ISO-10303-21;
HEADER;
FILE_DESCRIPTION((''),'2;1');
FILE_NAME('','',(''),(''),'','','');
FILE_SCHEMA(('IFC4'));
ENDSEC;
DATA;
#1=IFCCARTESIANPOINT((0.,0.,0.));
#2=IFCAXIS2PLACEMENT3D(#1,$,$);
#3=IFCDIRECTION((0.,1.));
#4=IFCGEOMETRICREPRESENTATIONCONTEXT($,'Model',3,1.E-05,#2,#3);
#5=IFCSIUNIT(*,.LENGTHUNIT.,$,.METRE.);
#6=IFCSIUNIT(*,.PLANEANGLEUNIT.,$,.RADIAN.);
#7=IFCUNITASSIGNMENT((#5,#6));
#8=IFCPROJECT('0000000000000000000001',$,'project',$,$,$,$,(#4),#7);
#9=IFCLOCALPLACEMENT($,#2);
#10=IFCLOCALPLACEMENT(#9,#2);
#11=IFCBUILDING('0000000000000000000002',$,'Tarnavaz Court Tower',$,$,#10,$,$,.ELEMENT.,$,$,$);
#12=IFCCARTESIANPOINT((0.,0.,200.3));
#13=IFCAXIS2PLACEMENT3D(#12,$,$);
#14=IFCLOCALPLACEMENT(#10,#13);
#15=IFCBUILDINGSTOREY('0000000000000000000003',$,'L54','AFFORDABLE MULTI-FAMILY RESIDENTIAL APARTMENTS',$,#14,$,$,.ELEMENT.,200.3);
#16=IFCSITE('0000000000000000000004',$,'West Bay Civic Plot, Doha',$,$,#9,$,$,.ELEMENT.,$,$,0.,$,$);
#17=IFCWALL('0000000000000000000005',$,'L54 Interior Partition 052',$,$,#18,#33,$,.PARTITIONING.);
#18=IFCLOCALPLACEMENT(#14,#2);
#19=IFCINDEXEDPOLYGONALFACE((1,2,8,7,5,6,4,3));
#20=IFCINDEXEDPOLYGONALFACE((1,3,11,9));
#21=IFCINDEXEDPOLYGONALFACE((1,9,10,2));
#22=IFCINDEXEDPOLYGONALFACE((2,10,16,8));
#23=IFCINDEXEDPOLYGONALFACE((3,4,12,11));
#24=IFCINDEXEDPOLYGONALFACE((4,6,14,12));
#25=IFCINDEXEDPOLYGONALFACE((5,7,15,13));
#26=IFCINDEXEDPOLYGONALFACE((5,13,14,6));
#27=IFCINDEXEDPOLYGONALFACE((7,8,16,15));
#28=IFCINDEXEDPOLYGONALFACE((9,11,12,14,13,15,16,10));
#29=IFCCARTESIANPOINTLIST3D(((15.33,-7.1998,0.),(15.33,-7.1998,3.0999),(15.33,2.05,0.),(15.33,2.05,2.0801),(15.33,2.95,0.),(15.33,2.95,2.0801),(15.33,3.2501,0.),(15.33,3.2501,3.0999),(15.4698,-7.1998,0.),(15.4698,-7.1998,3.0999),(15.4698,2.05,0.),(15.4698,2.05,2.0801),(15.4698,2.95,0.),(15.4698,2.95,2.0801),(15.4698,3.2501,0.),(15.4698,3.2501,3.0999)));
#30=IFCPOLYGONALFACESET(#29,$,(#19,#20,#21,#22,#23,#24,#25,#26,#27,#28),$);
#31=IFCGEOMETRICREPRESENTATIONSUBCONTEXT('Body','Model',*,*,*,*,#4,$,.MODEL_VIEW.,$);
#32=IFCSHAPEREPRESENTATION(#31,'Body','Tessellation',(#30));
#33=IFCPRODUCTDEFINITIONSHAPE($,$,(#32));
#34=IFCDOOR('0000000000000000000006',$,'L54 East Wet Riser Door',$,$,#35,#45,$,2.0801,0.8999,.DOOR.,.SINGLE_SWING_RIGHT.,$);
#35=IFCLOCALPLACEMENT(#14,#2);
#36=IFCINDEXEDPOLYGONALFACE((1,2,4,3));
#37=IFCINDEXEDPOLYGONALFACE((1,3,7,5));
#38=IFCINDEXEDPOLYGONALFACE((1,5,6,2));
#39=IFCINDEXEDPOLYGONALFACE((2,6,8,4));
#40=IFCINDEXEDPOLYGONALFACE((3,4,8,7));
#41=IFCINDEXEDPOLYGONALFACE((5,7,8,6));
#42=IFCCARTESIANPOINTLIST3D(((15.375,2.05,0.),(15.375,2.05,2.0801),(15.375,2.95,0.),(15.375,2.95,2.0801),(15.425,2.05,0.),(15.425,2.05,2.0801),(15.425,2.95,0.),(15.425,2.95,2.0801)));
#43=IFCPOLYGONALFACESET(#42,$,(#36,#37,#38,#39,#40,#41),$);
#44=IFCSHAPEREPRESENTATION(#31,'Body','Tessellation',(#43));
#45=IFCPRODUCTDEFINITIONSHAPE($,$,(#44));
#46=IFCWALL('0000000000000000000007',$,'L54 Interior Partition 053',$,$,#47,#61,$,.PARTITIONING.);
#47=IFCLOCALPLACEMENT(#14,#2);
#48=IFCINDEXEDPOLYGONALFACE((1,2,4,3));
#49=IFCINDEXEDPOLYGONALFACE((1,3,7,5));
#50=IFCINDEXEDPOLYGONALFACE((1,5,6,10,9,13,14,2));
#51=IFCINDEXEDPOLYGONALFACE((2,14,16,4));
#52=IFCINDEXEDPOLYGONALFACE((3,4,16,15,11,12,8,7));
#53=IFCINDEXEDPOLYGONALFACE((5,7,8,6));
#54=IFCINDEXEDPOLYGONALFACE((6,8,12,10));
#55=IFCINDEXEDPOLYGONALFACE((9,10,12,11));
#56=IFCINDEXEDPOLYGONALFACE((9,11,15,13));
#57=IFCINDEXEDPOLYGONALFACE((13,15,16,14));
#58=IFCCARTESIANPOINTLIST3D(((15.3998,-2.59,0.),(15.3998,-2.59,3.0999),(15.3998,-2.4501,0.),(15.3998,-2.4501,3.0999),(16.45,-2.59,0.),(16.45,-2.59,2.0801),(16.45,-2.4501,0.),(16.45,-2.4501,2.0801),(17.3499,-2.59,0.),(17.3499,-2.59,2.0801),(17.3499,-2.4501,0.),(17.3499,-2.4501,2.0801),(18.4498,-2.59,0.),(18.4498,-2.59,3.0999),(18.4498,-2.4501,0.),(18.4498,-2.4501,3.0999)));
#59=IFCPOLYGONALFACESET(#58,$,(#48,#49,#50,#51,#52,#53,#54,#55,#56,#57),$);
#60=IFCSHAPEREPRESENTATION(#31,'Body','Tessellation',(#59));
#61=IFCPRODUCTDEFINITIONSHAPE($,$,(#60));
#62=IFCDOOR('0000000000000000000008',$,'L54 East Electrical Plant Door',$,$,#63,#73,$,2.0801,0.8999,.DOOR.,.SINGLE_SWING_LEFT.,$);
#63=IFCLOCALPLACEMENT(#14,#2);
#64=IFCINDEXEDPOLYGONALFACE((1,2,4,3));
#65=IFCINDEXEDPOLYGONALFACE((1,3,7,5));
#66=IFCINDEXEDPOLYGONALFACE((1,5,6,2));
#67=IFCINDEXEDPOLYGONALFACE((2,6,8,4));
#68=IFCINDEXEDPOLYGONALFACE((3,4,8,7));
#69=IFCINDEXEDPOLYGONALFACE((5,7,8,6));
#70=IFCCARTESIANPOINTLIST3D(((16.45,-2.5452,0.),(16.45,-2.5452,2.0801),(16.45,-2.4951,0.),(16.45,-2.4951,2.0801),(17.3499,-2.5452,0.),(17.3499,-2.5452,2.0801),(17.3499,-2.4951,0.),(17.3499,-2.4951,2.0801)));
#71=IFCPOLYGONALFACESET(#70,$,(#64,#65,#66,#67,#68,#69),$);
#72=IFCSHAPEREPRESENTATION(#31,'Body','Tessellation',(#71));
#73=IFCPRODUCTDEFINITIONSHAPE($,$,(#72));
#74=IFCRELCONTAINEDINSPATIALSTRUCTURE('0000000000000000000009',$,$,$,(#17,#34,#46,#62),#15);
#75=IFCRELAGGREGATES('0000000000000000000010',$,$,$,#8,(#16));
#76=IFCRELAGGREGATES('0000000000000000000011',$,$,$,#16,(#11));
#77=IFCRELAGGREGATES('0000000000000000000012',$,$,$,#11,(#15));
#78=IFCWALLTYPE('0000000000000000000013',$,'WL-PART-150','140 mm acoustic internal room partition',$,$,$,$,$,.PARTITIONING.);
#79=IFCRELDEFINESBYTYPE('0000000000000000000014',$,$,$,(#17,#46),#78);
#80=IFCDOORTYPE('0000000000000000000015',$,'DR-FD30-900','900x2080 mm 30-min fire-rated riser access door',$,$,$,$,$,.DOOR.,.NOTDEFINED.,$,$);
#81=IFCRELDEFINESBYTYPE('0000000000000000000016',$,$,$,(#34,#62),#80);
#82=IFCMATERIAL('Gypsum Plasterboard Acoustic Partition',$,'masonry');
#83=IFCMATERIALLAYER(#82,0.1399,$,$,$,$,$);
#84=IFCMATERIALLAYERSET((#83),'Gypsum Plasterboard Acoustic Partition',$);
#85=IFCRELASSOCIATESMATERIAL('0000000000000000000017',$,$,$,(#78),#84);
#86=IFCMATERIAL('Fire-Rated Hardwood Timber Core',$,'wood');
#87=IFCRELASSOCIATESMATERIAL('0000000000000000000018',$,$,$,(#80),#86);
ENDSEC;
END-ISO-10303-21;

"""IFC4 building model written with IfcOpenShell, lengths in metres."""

from ifc_helpers import new_model, si_unit, direction, frame, frame_2d, origin, place, context, subcontext, project, spatial, rectangle, extrude, material, layer, layer_set, type_object, element, fill, save


model = new_model("IFC4")

# Units and contexts
model_context = context("Model", 3, precision=1e-05, world=origin(), true_north=direction((0.0, 1.0)))
body_context = subcontext(model_context, "Body", "Model", "MODEL_VIEW")
ifc_project = project(units=[si_unit("LENGTHUNIT", "METRE"), si_unit("PLANEANGLEUNIT", "RADIAN")], contexts=[model_context])

# Site, building, storey
site_placement = place(None, origin())
site = spatial("IfcSite", under=ifc_project, at=site_placement, Name="West Bay Civic Plot, Doha", CompositionType="ELEMENT", RefElevation=0.0)
building_placement = place(site_placement, origin())
building = spatial("IfcBuilding", under=site, at=building_placement, Name="Tarnavaz Court Tower", CompositionType="ELEMENT")
storey_placement = place(building_placement, frame((0.0, 0.0, 200.3)))
storey = spatial("IfcBuildingStorey", under=building, at=storey_placement, Name="L54", Description="AFFORDABLE MULTI-FAMILY RESIDENTIAL APARTMENTS", CompositionType="ELEMENT", Elevation=200.3)

# Shared definitions
ifc_material_1 = material(Name="Fire-Rated Hardwood Timber Core", Category="wood")

# Walls, openings, doors
ifc_material_2 = material(Name="Gypsum Plasterboard Acoustic Partition", Category="masonry")
ifc_layer_1 = layer(ifc_material_2, 0.1399)
ifc_layer_set_1 = layer_set([ifc_layer_1], Name="Gypsum Plasterboard Acoustic Partition")
wall_type_1 = type_object("IfcWallType", Name="WL-PART-150", Description="140 mm acoustic internal room partition", PredefinedType="PARTITIONING", material=ifc_layer_set_1)
wall_1_placement = place(storey_placement, frame((15.3999, -7.2, 0.0), z_axis=(0.0, 0.0, 1.0), x_axis=(0.0, 1.0, 0.0)))
wall_1 = element("IfcWall", 1, at=wall_1_placement, inside=storey, type_object=wall_type_1, Name="L54 Interior Partition 052", PredefinedType="PARTITIONING", context=body_context, shape_type="SweptSolid", body=[
    extrude(rectangle(XDim=10.45, YDim=0.1399, at=frame_2d((5.2251, 0.0))), origin(), (0.0, 0.0, 1.0), 3.0999),
])
opening_1_placement = place(wall_1_placement, frame((9.25, 0.0, 0.0)))
opening_1 = element("IfcOpeningElement", 2, at=opening_1_placement, cuts=wall_1, PredefinedType="OPENING", context=body_context, shape_type="SweptSolid", body=[
    extrude(rectangle(XDim=0.8999, YDim=2.0801, at=frame_2d((0.45, 1.04))), frame((0.0, 0.0798, 0.0), z_axis=(0.0, -1.0, 0.0), x_axis=(1.0, 0.0, 0.0)), (0.0, 0.0, 1.0), 0.1599),
])
door_type_1 = type_object("IfcDoorType", Name="DR-FD30-900", Description="900x2080 mm 30-min fire-rated riser access door", OperationType="NOTDEFINED", PredefinedType="DOOR", material=ifc_material_1)
door_1_placement = place(opening_1_placement, origin())
door_1 = element("IfcDoor", 3, at=door_1_placement, inside=storey, type_object=door_type_1, Name="L54 East Wet Riser Door", OperationType="SINGLE_SWING_RIGHT", OverallHeight=2.0801, OverallWidth=0.8999, PredefinedType="DOOR", context=body_context, shape_type="SweptSolid", body=[
    extrude(rectangle(XDim=0.8999, YDim=2.0801, at=frame_2d((0.45, 1.04))), frame((0.0, 0.0249, 0.0), z_axis=(0.0, -1.0, 0.0), x_axis=(1.0, 0.0, 0.0)), (0.0, 0.0, 1.0), 0.05),
])
fill(opening_1, door_1)
wall_2_placement = place(storey_placement, frame((15.3999, -2.52, 0.0), z_axis=(0.0, 0.0, 1.0), x_axis=(1.0, 0.0, 0.0)))
wall_2 = element("IfcWall", 4, at=wall_2_placement, inside=storey, type_object=wall_type_1, Name="L54 Interior Partition 053", PredefinedType="PARTITIONING", context=body_context, shape_type="SweptSolid", body=[
    extrude(rectangle(XDim=3.05, YDim=0.1399, at=frame_2d((1.5249, 0.0))), origin(), (0.0, 0.0, 1.0), 3.0999),
])
opening_2_placement = place(wall_2_placement, frame((1.05, 0.0, 0.0)))
opening_2 = element("IfcOpeningElement", 5, at=opening_2_placement, cuts=wall_2, PredefinedType="OPENING", context=body_context, shape_type="SweptSolid", body=[
    extrude(rectangle(XDim=0.8999, YDim=2.0801, at=frame_2d((0.45, 1.04))), frame((0.0, 0.0798, 0.0), z_axis=(0.0, -1.0, 0.0), x_axis=(1.0, 0.0, 0.0)), (0.0, 0.0, 1.0), 0.1599),
])
door_2_placement = place(opening_2_placement, origin())
door_2 = element("IfcDoor", 6, at=door_2_placement, inside=storey, type_object=door_type_1, Name="L54 East Electrical Plant Door", OperationType="SINGLE_SWING_LEFT", OverallHeight=2.0801, OverallWidth=0.8999, PredefinedType="DOOR", context=body_context, shape_type="SweptSolid", body=[
    extrude(rectangle(XDim=0.8999, YDim=2.0801, at=frame_2d((0.45, 1.04))), frame((0.0, 0.0249, 0.0), z_axis=(0.0, -1.0, 0.0), x_axis=(1.0, 0.0, 0.0)), (0.0, 0.0, 1.0), 0.05),
])
fill(opening_2, door_2)

save(model, "model.ifc")
